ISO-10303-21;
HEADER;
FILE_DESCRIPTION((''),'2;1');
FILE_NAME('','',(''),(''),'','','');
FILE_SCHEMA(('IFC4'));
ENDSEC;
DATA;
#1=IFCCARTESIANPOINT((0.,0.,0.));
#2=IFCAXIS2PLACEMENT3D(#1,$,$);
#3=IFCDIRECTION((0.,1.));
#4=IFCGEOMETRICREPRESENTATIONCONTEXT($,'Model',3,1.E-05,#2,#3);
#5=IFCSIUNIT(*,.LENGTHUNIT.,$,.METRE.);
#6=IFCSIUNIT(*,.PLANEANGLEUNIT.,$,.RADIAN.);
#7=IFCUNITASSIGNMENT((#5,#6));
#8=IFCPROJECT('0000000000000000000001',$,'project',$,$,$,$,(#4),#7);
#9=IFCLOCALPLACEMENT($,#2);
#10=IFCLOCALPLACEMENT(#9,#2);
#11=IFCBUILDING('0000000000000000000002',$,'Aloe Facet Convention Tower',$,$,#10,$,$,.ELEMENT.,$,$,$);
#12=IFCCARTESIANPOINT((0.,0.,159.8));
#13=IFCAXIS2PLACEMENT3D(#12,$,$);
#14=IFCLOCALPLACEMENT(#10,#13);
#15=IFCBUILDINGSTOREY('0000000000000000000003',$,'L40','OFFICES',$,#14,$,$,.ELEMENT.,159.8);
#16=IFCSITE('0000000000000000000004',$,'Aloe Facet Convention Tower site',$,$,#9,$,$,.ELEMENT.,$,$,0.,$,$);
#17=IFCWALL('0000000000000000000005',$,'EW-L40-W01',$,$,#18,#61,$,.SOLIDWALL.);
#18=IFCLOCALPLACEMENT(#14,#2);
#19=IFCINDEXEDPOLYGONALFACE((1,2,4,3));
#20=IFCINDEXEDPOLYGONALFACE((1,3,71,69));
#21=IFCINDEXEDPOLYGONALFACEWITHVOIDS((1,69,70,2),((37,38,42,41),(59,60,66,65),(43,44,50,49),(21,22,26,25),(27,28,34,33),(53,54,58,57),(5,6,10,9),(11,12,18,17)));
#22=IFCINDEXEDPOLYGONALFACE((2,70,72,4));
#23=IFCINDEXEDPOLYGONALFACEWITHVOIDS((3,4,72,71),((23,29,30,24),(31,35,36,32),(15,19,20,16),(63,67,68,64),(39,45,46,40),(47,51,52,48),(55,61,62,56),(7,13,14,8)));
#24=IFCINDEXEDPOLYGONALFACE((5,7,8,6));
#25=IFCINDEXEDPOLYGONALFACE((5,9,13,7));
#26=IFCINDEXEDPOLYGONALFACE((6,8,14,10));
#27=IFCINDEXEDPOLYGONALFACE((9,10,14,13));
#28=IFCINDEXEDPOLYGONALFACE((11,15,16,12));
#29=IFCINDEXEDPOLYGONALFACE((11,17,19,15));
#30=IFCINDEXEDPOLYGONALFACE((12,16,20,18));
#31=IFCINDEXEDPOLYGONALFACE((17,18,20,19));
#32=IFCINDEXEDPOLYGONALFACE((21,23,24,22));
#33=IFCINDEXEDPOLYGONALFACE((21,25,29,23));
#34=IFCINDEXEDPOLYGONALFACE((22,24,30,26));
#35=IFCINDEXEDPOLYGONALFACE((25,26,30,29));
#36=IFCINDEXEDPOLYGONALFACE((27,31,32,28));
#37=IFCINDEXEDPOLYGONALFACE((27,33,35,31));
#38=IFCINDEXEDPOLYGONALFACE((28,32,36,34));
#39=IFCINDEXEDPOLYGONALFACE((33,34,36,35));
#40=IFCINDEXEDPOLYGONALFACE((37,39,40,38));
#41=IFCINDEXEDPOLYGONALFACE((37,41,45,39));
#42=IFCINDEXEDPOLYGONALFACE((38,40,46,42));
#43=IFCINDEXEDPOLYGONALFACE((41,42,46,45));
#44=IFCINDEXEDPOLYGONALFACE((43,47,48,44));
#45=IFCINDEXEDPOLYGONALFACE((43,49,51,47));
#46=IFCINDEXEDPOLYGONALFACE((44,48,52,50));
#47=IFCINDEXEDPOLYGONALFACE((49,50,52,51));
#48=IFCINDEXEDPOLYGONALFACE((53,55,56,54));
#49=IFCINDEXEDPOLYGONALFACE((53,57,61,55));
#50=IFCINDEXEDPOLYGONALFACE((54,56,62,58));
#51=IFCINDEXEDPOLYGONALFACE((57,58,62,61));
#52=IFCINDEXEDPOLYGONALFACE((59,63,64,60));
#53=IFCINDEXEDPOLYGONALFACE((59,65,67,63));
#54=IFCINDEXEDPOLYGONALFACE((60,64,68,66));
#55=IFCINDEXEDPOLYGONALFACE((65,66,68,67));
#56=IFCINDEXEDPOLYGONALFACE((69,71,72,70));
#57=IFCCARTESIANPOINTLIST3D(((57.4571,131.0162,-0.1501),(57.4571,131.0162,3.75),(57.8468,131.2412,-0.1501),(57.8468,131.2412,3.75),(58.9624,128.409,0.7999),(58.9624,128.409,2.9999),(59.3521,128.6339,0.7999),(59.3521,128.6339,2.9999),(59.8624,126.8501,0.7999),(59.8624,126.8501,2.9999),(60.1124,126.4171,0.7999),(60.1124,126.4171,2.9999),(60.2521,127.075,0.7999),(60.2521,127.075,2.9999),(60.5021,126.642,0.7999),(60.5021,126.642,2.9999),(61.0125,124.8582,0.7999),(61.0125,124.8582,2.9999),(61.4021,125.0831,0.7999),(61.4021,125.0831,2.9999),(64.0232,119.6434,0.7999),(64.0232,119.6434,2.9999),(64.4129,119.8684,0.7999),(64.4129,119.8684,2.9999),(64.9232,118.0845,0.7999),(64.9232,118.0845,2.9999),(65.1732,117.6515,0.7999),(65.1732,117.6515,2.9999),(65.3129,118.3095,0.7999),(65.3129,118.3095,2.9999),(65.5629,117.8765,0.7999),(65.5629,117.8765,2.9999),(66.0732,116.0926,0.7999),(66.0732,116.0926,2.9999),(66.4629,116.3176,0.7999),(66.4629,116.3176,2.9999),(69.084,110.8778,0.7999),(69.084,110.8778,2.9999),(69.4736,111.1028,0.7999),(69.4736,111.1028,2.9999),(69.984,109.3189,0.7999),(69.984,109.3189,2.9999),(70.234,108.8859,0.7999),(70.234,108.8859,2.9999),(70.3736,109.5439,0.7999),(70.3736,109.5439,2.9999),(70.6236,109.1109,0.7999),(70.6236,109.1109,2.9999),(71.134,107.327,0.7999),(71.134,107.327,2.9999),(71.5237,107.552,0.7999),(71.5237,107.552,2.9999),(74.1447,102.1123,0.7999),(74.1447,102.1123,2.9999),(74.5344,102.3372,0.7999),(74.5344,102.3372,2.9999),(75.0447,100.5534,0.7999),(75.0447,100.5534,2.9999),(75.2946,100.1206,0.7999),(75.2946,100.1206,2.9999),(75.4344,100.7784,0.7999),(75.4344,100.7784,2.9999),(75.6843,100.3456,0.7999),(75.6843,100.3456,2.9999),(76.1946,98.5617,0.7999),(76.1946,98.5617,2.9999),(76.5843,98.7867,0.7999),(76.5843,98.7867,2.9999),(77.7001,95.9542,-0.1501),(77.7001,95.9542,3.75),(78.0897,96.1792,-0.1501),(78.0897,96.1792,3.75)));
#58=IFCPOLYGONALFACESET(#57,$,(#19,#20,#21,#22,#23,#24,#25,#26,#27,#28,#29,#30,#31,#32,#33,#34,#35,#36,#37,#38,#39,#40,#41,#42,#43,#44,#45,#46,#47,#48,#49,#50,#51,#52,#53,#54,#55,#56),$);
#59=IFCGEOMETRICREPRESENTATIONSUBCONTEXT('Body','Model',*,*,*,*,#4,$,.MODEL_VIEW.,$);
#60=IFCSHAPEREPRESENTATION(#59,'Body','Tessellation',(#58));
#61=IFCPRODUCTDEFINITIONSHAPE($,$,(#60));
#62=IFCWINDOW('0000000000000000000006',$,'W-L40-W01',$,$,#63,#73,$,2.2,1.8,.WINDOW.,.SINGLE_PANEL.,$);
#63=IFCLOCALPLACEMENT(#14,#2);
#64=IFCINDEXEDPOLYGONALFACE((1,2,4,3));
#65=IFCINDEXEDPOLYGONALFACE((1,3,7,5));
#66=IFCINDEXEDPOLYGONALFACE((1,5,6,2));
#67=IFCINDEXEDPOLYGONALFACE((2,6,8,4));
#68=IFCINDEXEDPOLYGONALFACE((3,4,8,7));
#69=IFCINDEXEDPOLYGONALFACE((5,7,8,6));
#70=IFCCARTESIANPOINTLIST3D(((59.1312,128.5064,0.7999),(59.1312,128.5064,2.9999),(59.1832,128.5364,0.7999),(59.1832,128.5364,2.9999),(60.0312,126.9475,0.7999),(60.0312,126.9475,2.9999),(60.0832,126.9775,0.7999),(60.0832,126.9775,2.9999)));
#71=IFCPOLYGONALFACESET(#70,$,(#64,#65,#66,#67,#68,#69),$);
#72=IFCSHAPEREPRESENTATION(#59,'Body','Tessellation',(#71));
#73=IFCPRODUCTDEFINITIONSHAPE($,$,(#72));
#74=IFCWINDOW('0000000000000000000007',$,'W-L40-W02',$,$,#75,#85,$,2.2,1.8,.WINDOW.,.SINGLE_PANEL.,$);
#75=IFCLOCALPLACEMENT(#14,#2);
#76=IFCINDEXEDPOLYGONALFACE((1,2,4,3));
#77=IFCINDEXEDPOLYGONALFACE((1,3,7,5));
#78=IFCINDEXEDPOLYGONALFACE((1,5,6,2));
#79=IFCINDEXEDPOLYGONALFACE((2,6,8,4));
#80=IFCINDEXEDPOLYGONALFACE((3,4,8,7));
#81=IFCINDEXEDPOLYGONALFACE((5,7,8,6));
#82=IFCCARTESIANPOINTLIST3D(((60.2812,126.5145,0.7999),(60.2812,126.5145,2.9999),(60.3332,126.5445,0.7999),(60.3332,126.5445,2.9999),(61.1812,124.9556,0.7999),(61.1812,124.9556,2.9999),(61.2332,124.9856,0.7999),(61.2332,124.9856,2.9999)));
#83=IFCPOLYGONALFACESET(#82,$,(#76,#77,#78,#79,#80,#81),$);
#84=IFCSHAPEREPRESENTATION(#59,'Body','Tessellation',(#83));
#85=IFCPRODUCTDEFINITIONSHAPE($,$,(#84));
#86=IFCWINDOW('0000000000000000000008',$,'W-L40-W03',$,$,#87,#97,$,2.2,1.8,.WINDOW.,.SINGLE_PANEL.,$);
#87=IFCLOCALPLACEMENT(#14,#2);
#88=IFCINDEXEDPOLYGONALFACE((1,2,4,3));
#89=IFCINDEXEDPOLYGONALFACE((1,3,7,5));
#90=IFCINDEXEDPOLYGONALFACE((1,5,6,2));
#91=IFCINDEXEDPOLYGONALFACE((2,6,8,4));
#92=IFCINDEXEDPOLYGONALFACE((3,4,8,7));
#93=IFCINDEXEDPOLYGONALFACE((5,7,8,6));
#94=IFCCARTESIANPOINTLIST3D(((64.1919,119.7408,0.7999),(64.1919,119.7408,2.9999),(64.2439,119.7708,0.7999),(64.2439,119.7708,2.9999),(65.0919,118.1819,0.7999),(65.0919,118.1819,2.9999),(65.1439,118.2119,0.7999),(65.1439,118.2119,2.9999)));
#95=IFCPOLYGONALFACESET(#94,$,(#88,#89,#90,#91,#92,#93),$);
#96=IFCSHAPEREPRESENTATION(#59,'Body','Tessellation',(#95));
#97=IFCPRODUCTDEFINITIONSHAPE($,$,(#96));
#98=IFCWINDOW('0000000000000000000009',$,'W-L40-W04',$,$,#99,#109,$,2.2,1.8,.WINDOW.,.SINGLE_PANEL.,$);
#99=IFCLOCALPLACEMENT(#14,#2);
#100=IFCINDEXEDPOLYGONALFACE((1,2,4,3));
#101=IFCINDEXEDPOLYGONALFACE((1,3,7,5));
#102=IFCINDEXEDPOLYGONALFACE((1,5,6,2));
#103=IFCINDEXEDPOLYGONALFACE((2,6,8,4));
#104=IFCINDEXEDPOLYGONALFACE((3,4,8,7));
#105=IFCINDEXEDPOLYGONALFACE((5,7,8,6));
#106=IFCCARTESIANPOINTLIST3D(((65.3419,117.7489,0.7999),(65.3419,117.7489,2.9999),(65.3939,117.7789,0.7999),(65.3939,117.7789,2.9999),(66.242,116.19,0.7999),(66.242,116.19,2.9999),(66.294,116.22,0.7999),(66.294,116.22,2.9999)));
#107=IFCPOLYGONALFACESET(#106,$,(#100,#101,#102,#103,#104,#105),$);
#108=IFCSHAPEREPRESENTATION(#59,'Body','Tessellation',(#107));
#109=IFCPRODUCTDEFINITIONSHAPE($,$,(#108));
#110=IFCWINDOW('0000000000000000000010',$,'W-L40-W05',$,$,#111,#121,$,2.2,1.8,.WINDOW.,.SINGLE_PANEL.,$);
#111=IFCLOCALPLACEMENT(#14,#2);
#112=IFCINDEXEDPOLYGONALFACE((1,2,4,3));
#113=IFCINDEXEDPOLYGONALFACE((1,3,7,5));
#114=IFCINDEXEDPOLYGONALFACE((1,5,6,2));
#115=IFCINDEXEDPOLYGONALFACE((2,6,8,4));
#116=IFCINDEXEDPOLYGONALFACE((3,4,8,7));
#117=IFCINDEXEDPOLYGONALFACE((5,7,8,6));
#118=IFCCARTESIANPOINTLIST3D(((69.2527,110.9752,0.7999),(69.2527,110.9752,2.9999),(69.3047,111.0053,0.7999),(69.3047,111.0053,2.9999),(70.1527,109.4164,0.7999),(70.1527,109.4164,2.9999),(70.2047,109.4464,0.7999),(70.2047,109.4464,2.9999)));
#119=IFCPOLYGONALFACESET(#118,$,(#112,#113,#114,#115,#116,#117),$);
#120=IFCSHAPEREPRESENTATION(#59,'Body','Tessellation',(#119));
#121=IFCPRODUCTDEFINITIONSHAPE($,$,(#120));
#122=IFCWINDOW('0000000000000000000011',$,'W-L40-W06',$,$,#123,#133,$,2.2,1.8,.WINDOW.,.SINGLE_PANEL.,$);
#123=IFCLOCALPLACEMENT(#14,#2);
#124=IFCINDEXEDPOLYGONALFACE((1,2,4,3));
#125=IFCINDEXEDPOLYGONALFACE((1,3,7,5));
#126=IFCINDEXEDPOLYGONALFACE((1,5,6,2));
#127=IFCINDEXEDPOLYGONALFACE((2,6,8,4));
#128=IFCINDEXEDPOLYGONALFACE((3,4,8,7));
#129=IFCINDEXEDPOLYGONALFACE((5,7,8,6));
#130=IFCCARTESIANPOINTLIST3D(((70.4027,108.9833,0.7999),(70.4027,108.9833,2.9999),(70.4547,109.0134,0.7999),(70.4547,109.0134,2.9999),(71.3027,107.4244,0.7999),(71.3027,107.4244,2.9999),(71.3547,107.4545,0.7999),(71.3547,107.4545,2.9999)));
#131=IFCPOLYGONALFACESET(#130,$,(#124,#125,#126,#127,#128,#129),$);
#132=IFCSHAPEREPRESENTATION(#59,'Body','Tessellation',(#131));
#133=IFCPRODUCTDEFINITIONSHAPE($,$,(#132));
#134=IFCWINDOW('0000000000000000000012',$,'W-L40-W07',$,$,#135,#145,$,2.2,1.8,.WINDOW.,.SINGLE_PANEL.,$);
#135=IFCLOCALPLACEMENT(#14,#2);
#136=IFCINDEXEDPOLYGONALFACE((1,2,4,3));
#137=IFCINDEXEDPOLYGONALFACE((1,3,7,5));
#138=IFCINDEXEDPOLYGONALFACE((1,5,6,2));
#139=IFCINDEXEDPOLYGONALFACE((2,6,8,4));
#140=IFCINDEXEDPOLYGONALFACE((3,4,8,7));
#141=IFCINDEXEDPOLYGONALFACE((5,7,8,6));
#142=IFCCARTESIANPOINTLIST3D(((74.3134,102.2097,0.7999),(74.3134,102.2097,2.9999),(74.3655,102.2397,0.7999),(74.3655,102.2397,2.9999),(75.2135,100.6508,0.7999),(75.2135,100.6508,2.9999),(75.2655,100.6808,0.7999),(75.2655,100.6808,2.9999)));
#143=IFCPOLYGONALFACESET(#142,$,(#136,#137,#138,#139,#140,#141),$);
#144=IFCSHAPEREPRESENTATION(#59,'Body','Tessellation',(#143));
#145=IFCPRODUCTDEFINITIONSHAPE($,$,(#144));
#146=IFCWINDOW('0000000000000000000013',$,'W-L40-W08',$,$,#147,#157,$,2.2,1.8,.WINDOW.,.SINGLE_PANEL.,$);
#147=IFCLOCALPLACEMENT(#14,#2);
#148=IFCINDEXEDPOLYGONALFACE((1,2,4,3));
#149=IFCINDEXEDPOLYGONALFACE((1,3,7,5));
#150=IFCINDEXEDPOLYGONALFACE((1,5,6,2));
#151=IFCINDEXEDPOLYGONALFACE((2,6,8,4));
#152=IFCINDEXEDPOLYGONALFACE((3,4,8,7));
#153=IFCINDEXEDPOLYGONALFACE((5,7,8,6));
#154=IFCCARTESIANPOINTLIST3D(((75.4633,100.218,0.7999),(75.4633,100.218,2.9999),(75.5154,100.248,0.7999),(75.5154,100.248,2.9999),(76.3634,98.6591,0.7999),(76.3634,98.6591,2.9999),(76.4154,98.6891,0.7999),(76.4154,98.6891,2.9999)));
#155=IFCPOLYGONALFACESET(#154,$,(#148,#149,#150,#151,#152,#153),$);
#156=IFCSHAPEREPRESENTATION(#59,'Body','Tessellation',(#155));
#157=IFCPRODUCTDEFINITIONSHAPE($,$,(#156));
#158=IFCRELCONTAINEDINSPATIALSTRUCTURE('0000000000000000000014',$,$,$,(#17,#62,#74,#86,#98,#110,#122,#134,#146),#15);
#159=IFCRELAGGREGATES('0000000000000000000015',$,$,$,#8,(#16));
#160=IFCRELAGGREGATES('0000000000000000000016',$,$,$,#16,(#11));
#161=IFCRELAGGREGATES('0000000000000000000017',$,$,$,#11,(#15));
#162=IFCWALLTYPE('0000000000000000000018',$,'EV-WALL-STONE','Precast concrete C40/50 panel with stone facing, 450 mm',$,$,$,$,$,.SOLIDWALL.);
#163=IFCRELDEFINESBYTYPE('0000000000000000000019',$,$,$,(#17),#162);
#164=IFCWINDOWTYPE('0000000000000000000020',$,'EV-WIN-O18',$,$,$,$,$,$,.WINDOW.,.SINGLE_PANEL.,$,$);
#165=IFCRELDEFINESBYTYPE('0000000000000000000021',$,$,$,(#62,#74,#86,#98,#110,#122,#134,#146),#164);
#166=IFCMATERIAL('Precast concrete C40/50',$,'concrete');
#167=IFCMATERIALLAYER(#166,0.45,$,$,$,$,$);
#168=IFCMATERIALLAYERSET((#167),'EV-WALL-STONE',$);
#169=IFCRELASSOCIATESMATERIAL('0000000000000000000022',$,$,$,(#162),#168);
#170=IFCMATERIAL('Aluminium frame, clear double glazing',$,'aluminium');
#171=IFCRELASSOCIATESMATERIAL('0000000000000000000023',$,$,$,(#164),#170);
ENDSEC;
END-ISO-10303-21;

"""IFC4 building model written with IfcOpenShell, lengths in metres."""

from ifc_helpers import new_model, si_unit, direction, frame, frame_2d, origin, place, context, subcontext, project, spatial, polyline, rectangle, outline, extrude, material, layer, layer_set, type_object, element, fill, save


model = new_model("IFC4")

# Units and contexts
model_context = context("Model", 3, precision=1e-05, world=origin(), true_north=direction((0.0, 1.0)))
body_context = subcontext(model_context, "Body", "Model", "MODEL_VIEW")
ifc_project = project(units=[si_unit("LENGTHUNIT", "METRE"), si_unit("PLANEANGLEUNIT", "RADIAN")], contexts=[model_context])

# Site, building, storey
site_placement = place(None, origin())
site = spatial("IfcSite", under=ifc_project, at=site_placement, Name="Aloe Facet Convention Tower site", CompositionType="ELEMENT", RefElevation=0.0)
building_placement = place(site_placement, origin())
building = spatial("IfcBuilding", under=site, at=building_placement, Name="Aloe Facet Convention Tower", CompositionType="ELEMENT")
storey_placement = place(building_placement, frame((0.0, 0.0, 159.8)))
storey = spatial("IfcBuildingStorey", under=building, at=storey_placement, Name="L40", Description="OFFICES", CompositionType="ELEMENT", Elevation=159.8)

# Wall, openings, windows
ifc_material_1 = material(Name="Precast concrete C40/50", Category="concrete")
ifc_layer_1 = layer(ifc_material_1, 0.45)
ifc_layer_set_1 = layer_set([ifc_layer_1], Name="EV-WALL-STONE")
wall_type_1 = type_object("IfcWallType", Name="EV-WALL-STONE", Description="Precast concrete C40/50 panel with stone facing, 450 mm", PredefinedType="SOLIDWALL", material=ifc_layer_set_1)
wall_1_placement = place(storey_placement, frame((57.6519, 131.1287, -0.1501), z_axis=(0.0, 0.0, 1.0), x_axis=(0.499997, -0.866027, 0.0)))
wall_1 = element("IfcWall", 1, at=wall_1_placement, inside=storey, type_object=wall_type_1, Name="EW-L40-W01", PredefinedType="SOLIDWALL", context=body_context, shape_type="SweptSolid", body=[
    extrude(outline(polyline([(40.4861, 0.0), (40.4861, 3.9001), (0.0, 3.9001), (0.0, 0.0), (40.4861, 0.0)])), frame((0.0, 0.2251, 0.0), z_axis=(0.0, -1.0, 0.0), x_axis=(1.0, 0.0, 0.0)), (0.0, 0.0, 1.0), 0.45),
])
opening_1_placement = place(wall_1_placement, frame((3.0107, 0.0, 0.95)))
opening_1 = element("IfcOpeningElement", 2, at=opening_1_placement, cuts=wall_1, PredefinedType="OPENING", context=body_context, shape_type="SweptSolid", body=[
    extrude(rectangle(XDim=1.8, YDim=2.2, at=frame_2d((0.8999, 1.1001))), frame((0.0, 0.2349, 0.0), z_axis=(0.0, -1.0, 0.0), x_axis=(1.0, 0.0, 0.0)), (0.0, 0.0, 1.0), 0.47),
])
opening_2_placement = place(wall_1_placement, frame((5.3108, 0.0, 0.95)))
opening_2 = element("IfcOpeningElement", 3, at=opening_2_placement, cuts=wall_1, PredefinedType="OPENING", context=body_context, shape_type="SweptSolid", body=[
    extrude(rectangle(XDim=1.8, YDim=2.2, at=frame_2d((0.8999, 1.1001))), frame((0.0, 0.2349, 0.0), z_axis=(0.0, -1.0, 0.0), x_axis=(1.0, 0.0, 0.0)), (0.0, 0.0, 1.0), 0.47),
])
opening_3_placement = place(wall_1_placement, frame((13.1323, 0.0, 0.95)))
opening_3 = element("IfcOpeningElement", 4, at=opening_3_placement, cuts=wall_1, PredefinedType="OPENING", context=body_context, shape_type="SweptSolid", body=[
    extrude(rectangle(XDim=1.8, YDim=2.2, at=frame_2d((0.8999, 1.1001))), frame((0.0, 0.2349, 0.0), z_axis=(0.0, -1.0, 0.0), x_axis=(1.0, 0.0, 0.0)), (0.0, 0.0, 1.0), 0.47),
])
opening_4_placement = place(wall_1_placement, frame((15.4324, 0.0, 0.95)))
opening_4 = element("IfcOpeningElement", 5, at=opening_4_placement, cuts=wall_1, PredefinedType="OPENING", context=body_context, shape_type="SweptSolid", body=[
    extrude(rectangle(XDim=1.8, YDim=2.2, at=frame_2d((0.8999, 1.1001))), frame((0.0, 0.2349, 0.0), z_axis=(0.0, -1.0, 0.0), x_axis=(1.0, 0.0, 0.0)), (0.0, 0.0, 1.0), 0.47),
])
opening_5_placement = place(wall_1_placement, frame((23.2539, 0.0, 0.95)))
opening_5 = element("IfcOpeningElement", 6, at=opening_5_placement, cuts=wall_1, PredefinedType="OPENING", context=body_context, shape_type="SweptSolid", body=[
    extrude(rectangle(XDim=1.8, YDim=2.2, at=frame_2d((0.8999, 1.1001))), frame((0.0, 0.2349, 0.0), z_axis=(0.0, -1.0, 0.0), x_axis=(1.0, 0.0, 0.0)), (0.0, 0.0, 1.0), 0.47),
])
opening_6_placement = place(wall_1_placement, frame((25.554, 0.0, 0.95)))
opening_6 = element("IfcOpeningElement", 7, at=opening_6_placement, cuts=wall_1, PredefinedType="OPENING", context=body_context, shape_type="SweptSolid", body=[
    extrude(rectangle(XDim=1.8, YDim=2.2, at=frame_2d((0.8999, 1.1001))), frame((0.0, 0.2349, 0.0), z_axis=(0.0, -1.0, 0.0), x_axis=(1.0, 0.0, 0.0)), (0.0, 0.0, 1.0), 0.47),
])
opening_7_placement = place(wall_1_placement, frame((33.3755, 0.0, 0.95)))
opening_7 = element("IfcOpeningElement", 8, at=opening_7_placement, cuts=wall_1, PredefinedType="OPENING", context=body_context, shape_type="SweptSolid", body=[
    extrude(rectangle(XDim=1.8, YDim=2.2, at=frame_2d((0.8999, 1.1001))), frame((0.0, 0.2349, 0.0), z_axis=(0.0, -1.0, 0.0), x_axis=(1.0, 0.0, 0.0)), (0.0, 0.0, 1.0), 0.47),
])
opening_8_placement = place(wall_1_placement, frame((35.6753, 0.0, 0.95)))
opening_8 = element("IfcOpeningElement", 9, at=opening_8_placement, cuts=wall_1, PredefinedType="OPENING", context=body_context, shape_type="SweptSolid", body=[
    extrude(rectangle(XDim=1.8, YDim=2.2, at=frame_2d((0.8999, 1.1001))), frame((0.0, 0.2349, 0.0), z_axis=(0.0, -1.0, 0.0), x_axis=(1.0, 0.0, 0.0)), (0.0, 0.0, 1.0), 0.47),
])
ifc_material_2 = material(Name="Aluminium frame, clear double glazing", Category="aluminium")
window_type = type_object("IfcWindowType", Name="EV-WIN-O18", PartitioningType="SINGLE_PANEL", PredefinedType="WINDOW", material=ifc_material_2)
window_1_placement = place(opening_1_placement, origin())
window_1 = element("IfcWindow", 10, at=window_1_placement, inside=storey, type_object=window_type, Name="W-L40-W01", OverallHeight=2.2, OverallWidth=1.8, PartitioningType="SINGLE_PANEL", PredefinedType="WINDOW", context=body_context, shape_type="SweptSolid", body=[
    extrude(rectangle(XDim=1.8, YDim=2.2, at=frame_2d((0.8999, 1.1001))), frame((0.0, 0.03, 0.0), z_axis=(0.0, -1.0, 0.0), x_axis=(1.0, 0.0, 0.0)), (0.0, 0.0, 1.0), 0.0601),
])
fill(opening_1, window_1)
window_2_placement = place(opening_2_placement, origin())
window_2 = element("IfcWindow", 11, at=window_2_placement, inside=storey, type_object=window_type, Name="W-L40-W02", OverallHeight=2.2, OverallWidth=1.8, PartitioningType="SINGLE_PANEL", PredefinedType="WINDOW", context=body_context, shape_type="SweptSolid", body=[
    extrude(rectangle(XDim=1.8, YDim=2.2, at=frame_2d((0.8999, 1.1001))), frame((0.0, 0.03, 0.0), z_axis=(0.0, -1.0, 0.0), x_axis=(1.0, 0.0, 0.0)), (0.0, 0.0, 1.0), 0.0601),
])
fill(opening_2, window_2)
window_3_placement = place(opening_3_placement, origin())
window_3 = element("IfcWindow", 12, at=window_3_placement, inside=storey, type_object=window_type, Name="W-L40-W03", OverallHeight=2.2, OverallWidth=1.8, PartitioningType="SINGLE_PANEL", PredefinedType="WINDOW", context=body_context, shape_type="SweptSolid", body=[
    extrude(rectangle(XDim=1.8, YDim=2.2, at=frame_2d((0.8999, 1.1001))), frame((0.0, 0.03, 0.0), z_axis=(0.0, -1.0, 0.0), x_axis=(1.0, 0.0, 0.0)), (0.0, 0.0, 1.0), 0.0601),
])
fill(opening_3, window_3)
window_4_placement = place(opening_4_placement, origin())
window_4 = element("IfcWindow", 13, at=window_4_placement, inside=storey, type_object=window_type, Name="W-L40-W04", OverallHeight=2.2, OverallWidth=1.8, PartitioningType="SINGLE_PANEL", PredefinedType="WINDOW", context=body_context, shape_type="SweptSolid", body=[
    extrude(rectangle(XDim=1.8, YDim=2.2, at=frame_2d((0.8999, 1.1001))), frame((0.0, 0.03, 0.0), z_axis=(0.0, -1.0, 0.0), x_axis=(1.0, 0.0, 0.0)), (0.0, 0.0, 1.0), 0.0601),
])
fill(opening_4, window_4)
window_5_placement = place(opening_5_placement, origin())
window_5 = element("IfcWindow", 14, at=window_5_placement, inside=storey, type_object=window_type, Name="W-L40-W05", OverallHeight=2.2, OverallWidth=1.8, PartitioningType="SINGLE_PANEL", PredefinedType="WINDOW", context=body_context, shape_type="SweptSolid", body=[
    extrude(rectangle(XDim=1.8, YDim=2.2, at=frame_2d((0.8999, 1.1001))), frame((0.0, 0.03, 0.0), z_axis=(0.0, -1.0, 0.0), x_axis=(1.0, 0.0, 0.0)), (0.0, 0.0, 1.0), 0.0601),
])
fill(opening_5, window_5)
window_6_placement = place(opening_6_placement, origin())
window_6 = element("IfcWindow", 15, at=window_6_placement, inside=storey, type_object=window_type, Name="W-L40-W06", OverallHeight=2.2, OverallWidth=1.8, PartitioningType="SINGLE_PANEL", PredefinedType="WINDOW", context=body_context, shape_type="SweptSolid", body=[
    extrude(rectangle(XDim=1.8, YDim=2.2, at=frame_2d((0.8999, 1.1001))), frame((0.0, 0.03, 0.0), z_axis=(0.0, -1.0, 0.0), x_axis=(1.0, 0.0, 0.0)), (0.0, 0.0, 1.0), 0.0601),
])
fill(opening_6, window_6)
window_7_placement = place(opening_7_placement, origin())
window_7 = element("IfcWindow", 16, at=window_7_placement, inside=storey, type_object=window_type, Name="W-L40-W07", OverallHeight=2.2, OverallWidth=1.8, PartitioningType="SINGLE_PANEL", PredefinedType="WINDOW", context=body_context, shape_type="SweptSolid", body=[
    extrude(rectangle(XDim=1.8, YDim=2.2, at=frame_2d((0.8999, 1.1001))), frame((0.0, 0.03, 0.0), z_axis=(0.0, -1.0, 0.0), x_axis=(1.0, 0.0, 0.0)), (0.0, 0.0, 1.0), 0.0601),
])
fill(opening_7, window_7)
window_8_placement = place(opening_8_placement, origin())
window_8 = element("IfcWindow", 17, at=window_8_placement, inside=storey, type_object=window_type, Name="W-L40-W08", OverallHeight=2.2, OverallWidth=1.8, PartitioningType="SINGLE_PANEL", PredefinedType="WINDOW", context=body_context, shape_type="SweptSolid", body=[
    extrude(rectangle(XDim=1.8, YDim=2.2, at=frame_2d((0.8999, 1.1001))), frame((0.0, 0.03, 0.0), z_axis=(0.0, -1.0, 0.0), x_axis=(1.0, 0.0, 0.0)), (0.0, 0.0, 1.0), 0.0601),
])
fill(opening_8, window_8)

save(model, "model.ifc")
